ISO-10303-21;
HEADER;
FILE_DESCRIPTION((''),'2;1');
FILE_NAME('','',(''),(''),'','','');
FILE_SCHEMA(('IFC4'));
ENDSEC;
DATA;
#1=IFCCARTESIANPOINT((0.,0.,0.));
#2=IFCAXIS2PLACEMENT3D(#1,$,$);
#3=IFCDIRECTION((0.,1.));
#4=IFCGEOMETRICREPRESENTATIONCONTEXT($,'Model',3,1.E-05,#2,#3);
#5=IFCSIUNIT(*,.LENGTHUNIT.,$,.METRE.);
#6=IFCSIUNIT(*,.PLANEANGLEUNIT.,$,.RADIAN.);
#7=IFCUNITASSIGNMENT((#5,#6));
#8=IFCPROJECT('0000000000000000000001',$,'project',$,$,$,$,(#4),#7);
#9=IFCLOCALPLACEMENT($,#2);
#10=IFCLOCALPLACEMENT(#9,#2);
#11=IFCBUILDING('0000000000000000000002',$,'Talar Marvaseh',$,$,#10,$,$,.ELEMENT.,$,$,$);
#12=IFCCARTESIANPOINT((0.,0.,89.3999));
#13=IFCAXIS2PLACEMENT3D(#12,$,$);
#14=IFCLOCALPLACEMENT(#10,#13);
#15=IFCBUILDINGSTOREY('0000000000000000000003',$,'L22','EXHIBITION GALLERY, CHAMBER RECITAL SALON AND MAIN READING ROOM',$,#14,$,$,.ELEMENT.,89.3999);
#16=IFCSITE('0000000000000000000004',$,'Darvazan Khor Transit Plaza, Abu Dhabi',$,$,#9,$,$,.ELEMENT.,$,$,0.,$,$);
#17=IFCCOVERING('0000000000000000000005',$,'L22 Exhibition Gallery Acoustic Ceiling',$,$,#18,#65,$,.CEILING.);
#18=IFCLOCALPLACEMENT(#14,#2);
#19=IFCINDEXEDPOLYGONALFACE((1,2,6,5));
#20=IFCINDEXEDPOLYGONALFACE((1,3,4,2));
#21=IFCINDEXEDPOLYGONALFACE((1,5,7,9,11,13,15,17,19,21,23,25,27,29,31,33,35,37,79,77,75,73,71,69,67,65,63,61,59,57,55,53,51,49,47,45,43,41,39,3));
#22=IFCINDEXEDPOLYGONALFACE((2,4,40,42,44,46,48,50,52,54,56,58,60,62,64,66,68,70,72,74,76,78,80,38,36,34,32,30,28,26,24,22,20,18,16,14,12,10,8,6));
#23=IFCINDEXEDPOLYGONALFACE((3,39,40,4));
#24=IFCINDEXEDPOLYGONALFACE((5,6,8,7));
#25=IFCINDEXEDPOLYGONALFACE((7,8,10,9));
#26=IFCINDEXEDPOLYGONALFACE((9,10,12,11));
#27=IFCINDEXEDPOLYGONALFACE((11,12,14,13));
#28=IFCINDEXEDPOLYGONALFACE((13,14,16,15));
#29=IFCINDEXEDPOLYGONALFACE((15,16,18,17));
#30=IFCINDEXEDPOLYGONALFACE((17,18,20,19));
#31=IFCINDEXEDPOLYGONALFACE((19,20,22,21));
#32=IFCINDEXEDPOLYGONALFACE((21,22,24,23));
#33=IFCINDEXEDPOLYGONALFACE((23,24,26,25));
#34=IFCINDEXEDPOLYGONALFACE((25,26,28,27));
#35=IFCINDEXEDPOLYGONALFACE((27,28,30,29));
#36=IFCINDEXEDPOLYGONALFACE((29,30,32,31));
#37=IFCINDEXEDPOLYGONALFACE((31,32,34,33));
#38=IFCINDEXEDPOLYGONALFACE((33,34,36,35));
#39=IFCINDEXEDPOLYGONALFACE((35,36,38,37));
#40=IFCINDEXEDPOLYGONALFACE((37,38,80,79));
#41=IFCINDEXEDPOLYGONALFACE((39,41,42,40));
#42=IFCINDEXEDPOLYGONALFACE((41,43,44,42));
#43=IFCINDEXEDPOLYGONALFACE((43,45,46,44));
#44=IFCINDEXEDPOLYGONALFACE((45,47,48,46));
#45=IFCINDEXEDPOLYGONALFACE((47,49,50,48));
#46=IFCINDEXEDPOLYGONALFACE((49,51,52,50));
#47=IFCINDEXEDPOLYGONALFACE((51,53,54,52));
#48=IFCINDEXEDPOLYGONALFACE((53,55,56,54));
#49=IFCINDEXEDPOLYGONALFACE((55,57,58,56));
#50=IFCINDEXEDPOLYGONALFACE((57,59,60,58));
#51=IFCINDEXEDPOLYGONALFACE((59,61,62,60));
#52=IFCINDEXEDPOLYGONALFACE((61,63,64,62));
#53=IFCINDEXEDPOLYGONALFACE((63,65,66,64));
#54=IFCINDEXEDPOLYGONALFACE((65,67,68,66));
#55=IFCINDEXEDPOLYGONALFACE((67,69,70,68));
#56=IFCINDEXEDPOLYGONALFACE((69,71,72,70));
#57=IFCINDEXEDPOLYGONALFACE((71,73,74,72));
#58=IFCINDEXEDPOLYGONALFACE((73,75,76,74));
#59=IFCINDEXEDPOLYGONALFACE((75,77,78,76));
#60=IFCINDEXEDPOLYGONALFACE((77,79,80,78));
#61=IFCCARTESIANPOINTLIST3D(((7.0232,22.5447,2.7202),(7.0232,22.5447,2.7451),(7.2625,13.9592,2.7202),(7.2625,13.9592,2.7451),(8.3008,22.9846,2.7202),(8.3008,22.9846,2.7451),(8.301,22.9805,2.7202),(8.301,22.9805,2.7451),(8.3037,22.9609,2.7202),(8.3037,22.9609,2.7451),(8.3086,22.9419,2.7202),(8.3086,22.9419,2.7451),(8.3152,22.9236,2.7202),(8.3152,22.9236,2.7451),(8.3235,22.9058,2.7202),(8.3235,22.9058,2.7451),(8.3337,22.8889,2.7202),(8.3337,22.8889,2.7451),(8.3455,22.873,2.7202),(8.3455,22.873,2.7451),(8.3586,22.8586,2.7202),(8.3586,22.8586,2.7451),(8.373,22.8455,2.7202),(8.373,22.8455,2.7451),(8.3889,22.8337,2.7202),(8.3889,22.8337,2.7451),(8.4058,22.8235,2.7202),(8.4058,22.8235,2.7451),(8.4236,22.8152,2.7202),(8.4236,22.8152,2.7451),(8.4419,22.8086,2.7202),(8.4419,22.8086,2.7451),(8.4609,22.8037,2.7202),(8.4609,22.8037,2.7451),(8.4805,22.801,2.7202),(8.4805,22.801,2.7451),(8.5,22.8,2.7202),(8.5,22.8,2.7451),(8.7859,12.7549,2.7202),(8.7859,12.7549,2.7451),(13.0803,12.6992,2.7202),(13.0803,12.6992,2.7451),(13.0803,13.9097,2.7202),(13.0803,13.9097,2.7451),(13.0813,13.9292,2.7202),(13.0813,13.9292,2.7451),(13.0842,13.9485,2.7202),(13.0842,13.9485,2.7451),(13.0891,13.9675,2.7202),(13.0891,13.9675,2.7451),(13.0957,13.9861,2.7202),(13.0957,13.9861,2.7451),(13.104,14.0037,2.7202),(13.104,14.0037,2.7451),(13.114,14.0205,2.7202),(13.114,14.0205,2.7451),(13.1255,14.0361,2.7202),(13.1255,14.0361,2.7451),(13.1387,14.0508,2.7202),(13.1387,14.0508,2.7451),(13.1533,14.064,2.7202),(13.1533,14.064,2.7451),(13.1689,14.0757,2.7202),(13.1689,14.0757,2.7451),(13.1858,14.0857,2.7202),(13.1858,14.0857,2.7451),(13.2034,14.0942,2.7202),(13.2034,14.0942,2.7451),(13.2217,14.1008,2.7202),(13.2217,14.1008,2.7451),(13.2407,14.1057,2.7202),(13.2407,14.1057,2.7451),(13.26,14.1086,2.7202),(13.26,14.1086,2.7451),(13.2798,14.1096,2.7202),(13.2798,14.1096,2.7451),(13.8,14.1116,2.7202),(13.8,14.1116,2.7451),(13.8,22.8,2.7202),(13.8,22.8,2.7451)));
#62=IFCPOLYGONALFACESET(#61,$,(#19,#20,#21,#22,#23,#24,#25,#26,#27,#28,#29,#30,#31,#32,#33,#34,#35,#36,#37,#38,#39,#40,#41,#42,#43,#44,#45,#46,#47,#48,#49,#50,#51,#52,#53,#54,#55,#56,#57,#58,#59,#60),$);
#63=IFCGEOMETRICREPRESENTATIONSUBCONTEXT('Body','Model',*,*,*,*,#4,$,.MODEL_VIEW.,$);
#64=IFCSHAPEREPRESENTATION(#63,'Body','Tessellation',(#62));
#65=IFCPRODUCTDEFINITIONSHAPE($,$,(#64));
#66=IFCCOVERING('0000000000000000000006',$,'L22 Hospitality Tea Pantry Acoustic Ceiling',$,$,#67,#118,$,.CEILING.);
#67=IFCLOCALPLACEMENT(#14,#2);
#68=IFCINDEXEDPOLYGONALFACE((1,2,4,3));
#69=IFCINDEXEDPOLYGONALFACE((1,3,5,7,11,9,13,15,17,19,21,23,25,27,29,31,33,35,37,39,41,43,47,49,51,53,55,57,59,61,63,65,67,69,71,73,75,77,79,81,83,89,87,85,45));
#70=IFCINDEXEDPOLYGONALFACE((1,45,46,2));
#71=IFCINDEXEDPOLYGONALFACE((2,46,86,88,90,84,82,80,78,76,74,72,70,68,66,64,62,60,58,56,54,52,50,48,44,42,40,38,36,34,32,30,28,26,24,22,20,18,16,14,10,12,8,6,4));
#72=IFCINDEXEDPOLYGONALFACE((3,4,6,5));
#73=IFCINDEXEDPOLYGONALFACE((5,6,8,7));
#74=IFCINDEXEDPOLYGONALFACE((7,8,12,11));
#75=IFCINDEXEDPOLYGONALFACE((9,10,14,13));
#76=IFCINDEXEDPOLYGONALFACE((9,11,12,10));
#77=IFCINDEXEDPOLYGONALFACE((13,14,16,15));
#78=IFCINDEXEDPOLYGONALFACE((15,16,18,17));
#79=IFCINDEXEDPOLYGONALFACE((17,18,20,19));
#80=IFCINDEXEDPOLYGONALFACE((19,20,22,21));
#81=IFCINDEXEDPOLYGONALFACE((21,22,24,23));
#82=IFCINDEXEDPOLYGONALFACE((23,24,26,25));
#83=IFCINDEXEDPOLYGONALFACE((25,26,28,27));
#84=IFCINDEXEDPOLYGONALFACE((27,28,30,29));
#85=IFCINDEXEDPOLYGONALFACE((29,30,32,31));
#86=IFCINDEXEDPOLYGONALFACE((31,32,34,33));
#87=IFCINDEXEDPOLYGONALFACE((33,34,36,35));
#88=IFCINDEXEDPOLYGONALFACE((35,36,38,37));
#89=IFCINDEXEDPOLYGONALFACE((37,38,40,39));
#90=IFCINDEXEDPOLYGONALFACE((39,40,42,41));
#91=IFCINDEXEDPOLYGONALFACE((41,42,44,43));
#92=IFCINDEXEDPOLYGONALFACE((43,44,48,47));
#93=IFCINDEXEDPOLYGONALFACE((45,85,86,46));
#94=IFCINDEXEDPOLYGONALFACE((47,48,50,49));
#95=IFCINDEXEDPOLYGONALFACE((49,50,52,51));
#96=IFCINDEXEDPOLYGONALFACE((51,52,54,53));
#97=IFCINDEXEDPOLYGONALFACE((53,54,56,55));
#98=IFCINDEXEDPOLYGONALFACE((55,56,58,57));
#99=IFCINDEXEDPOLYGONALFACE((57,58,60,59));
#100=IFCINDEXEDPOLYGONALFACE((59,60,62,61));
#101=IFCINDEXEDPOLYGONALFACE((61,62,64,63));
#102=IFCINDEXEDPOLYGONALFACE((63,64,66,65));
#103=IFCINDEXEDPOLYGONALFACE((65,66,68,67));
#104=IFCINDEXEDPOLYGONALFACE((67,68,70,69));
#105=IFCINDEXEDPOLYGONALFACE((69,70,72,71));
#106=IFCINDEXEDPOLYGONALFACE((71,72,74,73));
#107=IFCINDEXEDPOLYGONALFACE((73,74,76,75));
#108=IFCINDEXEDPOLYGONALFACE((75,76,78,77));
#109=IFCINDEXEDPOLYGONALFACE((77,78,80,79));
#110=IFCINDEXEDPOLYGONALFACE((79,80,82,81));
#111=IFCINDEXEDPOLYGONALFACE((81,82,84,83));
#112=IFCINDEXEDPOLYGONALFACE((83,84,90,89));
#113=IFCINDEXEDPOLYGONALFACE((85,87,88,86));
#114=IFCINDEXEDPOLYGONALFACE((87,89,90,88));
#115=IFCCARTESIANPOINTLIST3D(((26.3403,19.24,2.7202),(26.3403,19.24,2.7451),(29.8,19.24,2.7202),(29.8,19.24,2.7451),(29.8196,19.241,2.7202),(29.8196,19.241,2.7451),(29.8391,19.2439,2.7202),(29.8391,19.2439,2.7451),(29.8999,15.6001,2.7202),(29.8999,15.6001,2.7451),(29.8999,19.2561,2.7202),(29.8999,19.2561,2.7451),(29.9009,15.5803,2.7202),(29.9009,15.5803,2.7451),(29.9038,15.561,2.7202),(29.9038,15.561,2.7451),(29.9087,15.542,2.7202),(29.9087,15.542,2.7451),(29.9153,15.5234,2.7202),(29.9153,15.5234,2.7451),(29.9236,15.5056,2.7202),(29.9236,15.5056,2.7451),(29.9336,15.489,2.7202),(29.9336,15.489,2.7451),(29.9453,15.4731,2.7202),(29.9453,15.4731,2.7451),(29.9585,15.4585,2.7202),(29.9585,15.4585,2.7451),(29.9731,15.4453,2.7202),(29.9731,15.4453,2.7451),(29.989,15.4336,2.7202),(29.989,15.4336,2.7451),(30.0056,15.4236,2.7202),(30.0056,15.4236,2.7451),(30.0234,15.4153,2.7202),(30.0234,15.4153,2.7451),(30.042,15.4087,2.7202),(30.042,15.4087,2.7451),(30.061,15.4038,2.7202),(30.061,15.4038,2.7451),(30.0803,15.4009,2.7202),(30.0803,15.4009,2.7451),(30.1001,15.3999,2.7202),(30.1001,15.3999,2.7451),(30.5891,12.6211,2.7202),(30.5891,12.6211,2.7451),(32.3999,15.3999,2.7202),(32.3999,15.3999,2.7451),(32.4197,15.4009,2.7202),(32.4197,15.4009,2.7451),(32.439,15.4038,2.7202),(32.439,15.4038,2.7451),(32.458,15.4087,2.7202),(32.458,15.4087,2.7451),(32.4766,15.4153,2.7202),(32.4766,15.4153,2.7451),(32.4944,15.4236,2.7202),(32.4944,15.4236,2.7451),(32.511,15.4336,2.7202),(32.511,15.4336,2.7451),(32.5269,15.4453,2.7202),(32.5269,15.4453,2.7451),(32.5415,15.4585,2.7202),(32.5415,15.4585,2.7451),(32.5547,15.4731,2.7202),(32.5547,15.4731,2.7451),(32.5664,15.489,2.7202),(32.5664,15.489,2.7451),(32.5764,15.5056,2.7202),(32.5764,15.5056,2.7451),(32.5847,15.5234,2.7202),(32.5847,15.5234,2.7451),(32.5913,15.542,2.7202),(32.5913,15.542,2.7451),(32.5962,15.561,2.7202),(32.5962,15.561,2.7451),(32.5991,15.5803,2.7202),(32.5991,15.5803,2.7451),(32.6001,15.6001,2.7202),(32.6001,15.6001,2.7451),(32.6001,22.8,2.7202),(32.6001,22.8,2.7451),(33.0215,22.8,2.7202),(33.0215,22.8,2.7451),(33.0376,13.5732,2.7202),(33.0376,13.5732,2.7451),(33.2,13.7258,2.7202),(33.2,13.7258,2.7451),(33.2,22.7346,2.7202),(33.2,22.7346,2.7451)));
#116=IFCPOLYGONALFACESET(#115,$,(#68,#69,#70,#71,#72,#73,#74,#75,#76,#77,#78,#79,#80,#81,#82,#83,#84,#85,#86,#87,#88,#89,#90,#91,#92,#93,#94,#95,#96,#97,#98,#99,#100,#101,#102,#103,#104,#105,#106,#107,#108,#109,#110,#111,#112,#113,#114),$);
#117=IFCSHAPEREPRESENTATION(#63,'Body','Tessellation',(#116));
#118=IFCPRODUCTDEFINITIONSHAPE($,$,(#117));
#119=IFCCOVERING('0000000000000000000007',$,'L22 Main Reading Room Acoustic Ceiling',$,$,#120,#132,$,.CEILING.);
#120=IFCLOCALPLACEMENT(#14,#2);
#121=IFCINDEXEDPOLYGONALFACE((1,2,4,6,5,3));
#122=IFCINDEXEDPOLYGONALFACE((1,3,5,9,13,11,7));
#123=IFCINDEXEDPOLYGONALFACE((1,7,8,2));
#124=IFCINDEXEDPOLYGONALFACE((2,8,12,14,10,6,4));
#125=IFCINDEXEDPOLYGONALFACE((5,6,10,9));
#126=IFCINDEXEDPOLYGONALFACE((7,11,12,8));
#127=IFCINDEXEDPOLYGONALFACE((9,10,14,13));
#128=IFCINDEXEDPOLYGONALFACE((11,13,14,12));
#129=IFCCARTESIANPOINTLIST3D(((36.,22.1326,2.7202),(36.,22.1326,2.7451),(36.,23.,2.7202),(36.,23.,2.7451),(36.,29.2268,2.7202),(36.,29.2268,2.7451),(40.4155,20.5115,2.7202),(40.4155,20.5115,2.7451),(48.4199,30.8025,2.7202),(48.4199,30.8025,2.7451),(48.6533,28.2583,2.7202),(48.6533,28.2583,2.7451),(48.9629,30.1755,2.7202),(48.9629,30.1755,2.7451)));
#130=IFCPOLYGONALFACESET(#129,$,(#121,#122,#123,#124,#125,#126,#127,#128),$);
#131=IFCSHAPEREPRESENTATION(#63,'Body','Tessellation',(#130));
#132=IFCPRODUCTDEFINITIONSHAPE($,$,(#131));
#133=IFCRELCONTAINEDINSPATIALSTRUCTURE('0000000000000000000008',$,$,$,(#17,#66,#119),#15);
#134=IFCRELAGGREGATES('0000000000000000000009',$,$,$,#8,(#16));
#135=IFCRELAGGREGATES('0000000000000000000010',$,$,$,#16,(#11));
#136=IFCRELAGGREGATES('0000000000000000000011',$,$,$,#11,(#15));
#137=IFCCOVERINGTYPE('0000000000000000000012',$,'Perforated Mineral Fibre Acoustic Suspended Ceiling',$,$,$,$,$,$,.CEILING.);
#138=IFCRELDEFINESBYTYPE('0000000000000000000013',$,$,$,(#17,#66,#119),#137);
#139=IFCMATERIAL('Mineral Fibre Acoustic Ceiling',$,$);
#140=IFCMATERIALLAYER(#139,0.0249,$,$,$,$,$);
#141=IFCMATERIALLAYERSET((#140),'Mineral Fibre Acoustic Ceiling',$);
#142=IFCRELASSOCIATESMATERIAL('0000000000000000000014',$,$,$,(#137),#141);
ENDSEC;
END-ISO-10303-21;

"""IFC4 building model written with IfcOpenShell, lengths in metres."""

from ifc_helpers import new_model, si_unit, direction, frame, origin, place, context, subcontext, project, spatial, polyline, outline, extrude, material, layer, layer_set, type_object, element, save


model = new_model("IFC4")

# Units and contexts
model_context = context("Model", 3, precision=1e-05, world=origin(), true_north=direction((0.0, 1.0)))
body_context = subcontext(model_context, "Body", "Model", "MODEL_VIEW")
ifc_project = project(units=[si_unit("LENGTHUNIT", "METRE"), si_unit("PLANEANGLEUNIT", "RADIAN")], contexts=[model_context])

# Site, building, storey
site_placement = place(None, origin())
site = spatial("IfcSite", under=ifc_project, at=site_placement, Name="Darvazan Khor Transit Plaza, Abu Dhabi", CompositionType="ELEMENT", RefElevation=0.0)
building_placement = place(site_placement, origin())
building = spatial("IfcBuilding", under=site, at=building_placement, Name="Talar Marvaseh", CompositionType="ELEMENT")
storey_placement = place(building_placement, frame((0.0, 0.0, 89.3999)))
storey = spatial("IfcBuildingStorey", under=building, at=storey_placement, Name="L22", Description="EXHIBITION GALLERY, CHAMBER RECITAL SALON AND MAIN READING ROOM", CompositionType="ELEMENT", Elevation=89.3999)

# Coverings
ifc_material_1 = material(Name="Mineral Fibre Acoustic Ceiling")
ifc_layer_1 = layer(ifc_material_1, 0.0249)
ifc_layer_set_1 = layer_set([ifc_layer_1], Name="Mineral Fibre Acoustic Ceiling")
covering_type_1 = type_object("IfcCoveringType", Name="Perforated Mineral Fibre Acoustic Suspended Ceiling", PredefinedType="CEILING", material=ifc_layer_set_1)
covering_1_placement = place(storey_placement, frame((0.0, 0.0, 2.7202)))
element("IfcCovering", 1, at=covering_1_placement, inside=storey, type_object=covering_type_1, Name="L22 Exhibition Gallery Acoustic Ceiling", PredefinedType="CEILING", context=body_context, shape_type="SweptSolid", body=[
    extrude(outline(polyline([(8.3037, 22.9609), (8.3086, 22.9419), (8.3152, 22.9236), (8.3235, 22.9058), (8.3337, 22.8889), (8.3455, 22.873), (8.3586, 22.8586), (8.373, 22.8455), (8.3889, 22.8337), (8.4058, 22.8235), (8.4236, 22.8152), (8.4419, 22.8086), (8.4609, 22.8037), (8.4805, 22.801), (8.5, 22.8), (13.8, 22.8), (13.8, 14.1116), (13.2798, 14.1096), (13.26, 14.1086), (13.2407, 14.1057), (13.2217, 14.1008), (13.2034, 14.0942), (13.1858, 14.0857), (13.1689, 14.0757), (13.1533, 14.064), (13.1387, 14.0508), (13.1255, 14.0361), (13.114, 14.0205), (13.104, 14.0037), (13.0957, 13.9861), (13.0891, 13.9675), (13.0842, 13.9485), (13.0813, 13.9292), (13.0803, 13.9097), (13.0803, 12.6992), (8.7859, 12.7549), (7.2625, 13.9592), (7.0232, 22.5447), (8.3008, 22.9846), (8.301, 22.9805), (8.3037, 22.9609)])), origin(), (0.0, 0.0, 1.0), 0.0249),
])
covering_2_placement = place(storey_placement, frame((0.0, 0.0, 2.7202)))
element("IfcCovering", 2, at=covering_2_placement, inside=storey, type_object=covering_type_1, Name="L22 Hospitality Tea Pantry Acoustic Ceiling", PredefinedType="CEILING", context=body_context, shape_type="SweptSolid", body=[
    extrude(outline(polyline([(29.9009, 15.5803), (29.9038, 15.561), (29.9087, 15.542), (29.9153, 15.5234), (29.9236, 15.5056), (29.9336, 15.489), (29.9453, 15.4731), (29.9585, 15.4585), (29.9731, 15.4453), (29.989, 15.4336), (30.0056, 15.4236), (30.0234, 15.4153), (30.042, 15.4087), (30.061, 15.4038), (30.0803, 15.4009), (30.1001, 15.3999), (32.3999, 15.3999), (32.4197, 15.4009), (32.439, 15.4038), (32.458, 15.4087), (32.4766, 15.4153), (32.4944, 15.4236), (32.511, 15.4336), (32.5269, 15.4453), (32.5415, 15.4585), (32.5547, 15.4731), (32.5664, 15.489), (32.5764, 15.5056), (32.5847, 15.5234), (32.5913, 15.542), (32.5962, 15.561), (32.5991, 15.5803), (32.6001, 15.6001), (32.6001, 22.8), (33.0215, 22.8), (33.2, 22.7346), (33.2, 13.7258), (33.0376, 13.5732), (30.5891, 12.6211), (26.3403, 19.24), (29.8, 19.24), (29.8196, 19.241), (29.8391, 19.2439), (29.8999, 19.2561), (29.8999, 15.6001), (29.9009, 15.5803)])), origin(), (0.0, 0.0, 1.0), 0.0249),
])
covering_3_placement = place(storey_placement, frame((0.0, 0.0, 2.7202)))
element("IfcCovering", 3, at=covering_3_placement, inside=storey, type_object=covering_type_1, Name="L22 Main Reading Room Acoustic Ceiling", PredefinedType="CEILING", context=body_context, shape_type="SweptSolid", body=[
    extrude(outline(polyline([(36.0, 22.1326), (36.0, 23.0), (36.0, 29.2268), (48.4199, 30.8025), (48.9629, 30.1755), (48.6533, 28.2583), (40.4155, 20.5115), (36.0, 22.1326)])), origin(), (0.0, 0.0, 1.0), 0.0249),
])

save(model, "model.ifc")
